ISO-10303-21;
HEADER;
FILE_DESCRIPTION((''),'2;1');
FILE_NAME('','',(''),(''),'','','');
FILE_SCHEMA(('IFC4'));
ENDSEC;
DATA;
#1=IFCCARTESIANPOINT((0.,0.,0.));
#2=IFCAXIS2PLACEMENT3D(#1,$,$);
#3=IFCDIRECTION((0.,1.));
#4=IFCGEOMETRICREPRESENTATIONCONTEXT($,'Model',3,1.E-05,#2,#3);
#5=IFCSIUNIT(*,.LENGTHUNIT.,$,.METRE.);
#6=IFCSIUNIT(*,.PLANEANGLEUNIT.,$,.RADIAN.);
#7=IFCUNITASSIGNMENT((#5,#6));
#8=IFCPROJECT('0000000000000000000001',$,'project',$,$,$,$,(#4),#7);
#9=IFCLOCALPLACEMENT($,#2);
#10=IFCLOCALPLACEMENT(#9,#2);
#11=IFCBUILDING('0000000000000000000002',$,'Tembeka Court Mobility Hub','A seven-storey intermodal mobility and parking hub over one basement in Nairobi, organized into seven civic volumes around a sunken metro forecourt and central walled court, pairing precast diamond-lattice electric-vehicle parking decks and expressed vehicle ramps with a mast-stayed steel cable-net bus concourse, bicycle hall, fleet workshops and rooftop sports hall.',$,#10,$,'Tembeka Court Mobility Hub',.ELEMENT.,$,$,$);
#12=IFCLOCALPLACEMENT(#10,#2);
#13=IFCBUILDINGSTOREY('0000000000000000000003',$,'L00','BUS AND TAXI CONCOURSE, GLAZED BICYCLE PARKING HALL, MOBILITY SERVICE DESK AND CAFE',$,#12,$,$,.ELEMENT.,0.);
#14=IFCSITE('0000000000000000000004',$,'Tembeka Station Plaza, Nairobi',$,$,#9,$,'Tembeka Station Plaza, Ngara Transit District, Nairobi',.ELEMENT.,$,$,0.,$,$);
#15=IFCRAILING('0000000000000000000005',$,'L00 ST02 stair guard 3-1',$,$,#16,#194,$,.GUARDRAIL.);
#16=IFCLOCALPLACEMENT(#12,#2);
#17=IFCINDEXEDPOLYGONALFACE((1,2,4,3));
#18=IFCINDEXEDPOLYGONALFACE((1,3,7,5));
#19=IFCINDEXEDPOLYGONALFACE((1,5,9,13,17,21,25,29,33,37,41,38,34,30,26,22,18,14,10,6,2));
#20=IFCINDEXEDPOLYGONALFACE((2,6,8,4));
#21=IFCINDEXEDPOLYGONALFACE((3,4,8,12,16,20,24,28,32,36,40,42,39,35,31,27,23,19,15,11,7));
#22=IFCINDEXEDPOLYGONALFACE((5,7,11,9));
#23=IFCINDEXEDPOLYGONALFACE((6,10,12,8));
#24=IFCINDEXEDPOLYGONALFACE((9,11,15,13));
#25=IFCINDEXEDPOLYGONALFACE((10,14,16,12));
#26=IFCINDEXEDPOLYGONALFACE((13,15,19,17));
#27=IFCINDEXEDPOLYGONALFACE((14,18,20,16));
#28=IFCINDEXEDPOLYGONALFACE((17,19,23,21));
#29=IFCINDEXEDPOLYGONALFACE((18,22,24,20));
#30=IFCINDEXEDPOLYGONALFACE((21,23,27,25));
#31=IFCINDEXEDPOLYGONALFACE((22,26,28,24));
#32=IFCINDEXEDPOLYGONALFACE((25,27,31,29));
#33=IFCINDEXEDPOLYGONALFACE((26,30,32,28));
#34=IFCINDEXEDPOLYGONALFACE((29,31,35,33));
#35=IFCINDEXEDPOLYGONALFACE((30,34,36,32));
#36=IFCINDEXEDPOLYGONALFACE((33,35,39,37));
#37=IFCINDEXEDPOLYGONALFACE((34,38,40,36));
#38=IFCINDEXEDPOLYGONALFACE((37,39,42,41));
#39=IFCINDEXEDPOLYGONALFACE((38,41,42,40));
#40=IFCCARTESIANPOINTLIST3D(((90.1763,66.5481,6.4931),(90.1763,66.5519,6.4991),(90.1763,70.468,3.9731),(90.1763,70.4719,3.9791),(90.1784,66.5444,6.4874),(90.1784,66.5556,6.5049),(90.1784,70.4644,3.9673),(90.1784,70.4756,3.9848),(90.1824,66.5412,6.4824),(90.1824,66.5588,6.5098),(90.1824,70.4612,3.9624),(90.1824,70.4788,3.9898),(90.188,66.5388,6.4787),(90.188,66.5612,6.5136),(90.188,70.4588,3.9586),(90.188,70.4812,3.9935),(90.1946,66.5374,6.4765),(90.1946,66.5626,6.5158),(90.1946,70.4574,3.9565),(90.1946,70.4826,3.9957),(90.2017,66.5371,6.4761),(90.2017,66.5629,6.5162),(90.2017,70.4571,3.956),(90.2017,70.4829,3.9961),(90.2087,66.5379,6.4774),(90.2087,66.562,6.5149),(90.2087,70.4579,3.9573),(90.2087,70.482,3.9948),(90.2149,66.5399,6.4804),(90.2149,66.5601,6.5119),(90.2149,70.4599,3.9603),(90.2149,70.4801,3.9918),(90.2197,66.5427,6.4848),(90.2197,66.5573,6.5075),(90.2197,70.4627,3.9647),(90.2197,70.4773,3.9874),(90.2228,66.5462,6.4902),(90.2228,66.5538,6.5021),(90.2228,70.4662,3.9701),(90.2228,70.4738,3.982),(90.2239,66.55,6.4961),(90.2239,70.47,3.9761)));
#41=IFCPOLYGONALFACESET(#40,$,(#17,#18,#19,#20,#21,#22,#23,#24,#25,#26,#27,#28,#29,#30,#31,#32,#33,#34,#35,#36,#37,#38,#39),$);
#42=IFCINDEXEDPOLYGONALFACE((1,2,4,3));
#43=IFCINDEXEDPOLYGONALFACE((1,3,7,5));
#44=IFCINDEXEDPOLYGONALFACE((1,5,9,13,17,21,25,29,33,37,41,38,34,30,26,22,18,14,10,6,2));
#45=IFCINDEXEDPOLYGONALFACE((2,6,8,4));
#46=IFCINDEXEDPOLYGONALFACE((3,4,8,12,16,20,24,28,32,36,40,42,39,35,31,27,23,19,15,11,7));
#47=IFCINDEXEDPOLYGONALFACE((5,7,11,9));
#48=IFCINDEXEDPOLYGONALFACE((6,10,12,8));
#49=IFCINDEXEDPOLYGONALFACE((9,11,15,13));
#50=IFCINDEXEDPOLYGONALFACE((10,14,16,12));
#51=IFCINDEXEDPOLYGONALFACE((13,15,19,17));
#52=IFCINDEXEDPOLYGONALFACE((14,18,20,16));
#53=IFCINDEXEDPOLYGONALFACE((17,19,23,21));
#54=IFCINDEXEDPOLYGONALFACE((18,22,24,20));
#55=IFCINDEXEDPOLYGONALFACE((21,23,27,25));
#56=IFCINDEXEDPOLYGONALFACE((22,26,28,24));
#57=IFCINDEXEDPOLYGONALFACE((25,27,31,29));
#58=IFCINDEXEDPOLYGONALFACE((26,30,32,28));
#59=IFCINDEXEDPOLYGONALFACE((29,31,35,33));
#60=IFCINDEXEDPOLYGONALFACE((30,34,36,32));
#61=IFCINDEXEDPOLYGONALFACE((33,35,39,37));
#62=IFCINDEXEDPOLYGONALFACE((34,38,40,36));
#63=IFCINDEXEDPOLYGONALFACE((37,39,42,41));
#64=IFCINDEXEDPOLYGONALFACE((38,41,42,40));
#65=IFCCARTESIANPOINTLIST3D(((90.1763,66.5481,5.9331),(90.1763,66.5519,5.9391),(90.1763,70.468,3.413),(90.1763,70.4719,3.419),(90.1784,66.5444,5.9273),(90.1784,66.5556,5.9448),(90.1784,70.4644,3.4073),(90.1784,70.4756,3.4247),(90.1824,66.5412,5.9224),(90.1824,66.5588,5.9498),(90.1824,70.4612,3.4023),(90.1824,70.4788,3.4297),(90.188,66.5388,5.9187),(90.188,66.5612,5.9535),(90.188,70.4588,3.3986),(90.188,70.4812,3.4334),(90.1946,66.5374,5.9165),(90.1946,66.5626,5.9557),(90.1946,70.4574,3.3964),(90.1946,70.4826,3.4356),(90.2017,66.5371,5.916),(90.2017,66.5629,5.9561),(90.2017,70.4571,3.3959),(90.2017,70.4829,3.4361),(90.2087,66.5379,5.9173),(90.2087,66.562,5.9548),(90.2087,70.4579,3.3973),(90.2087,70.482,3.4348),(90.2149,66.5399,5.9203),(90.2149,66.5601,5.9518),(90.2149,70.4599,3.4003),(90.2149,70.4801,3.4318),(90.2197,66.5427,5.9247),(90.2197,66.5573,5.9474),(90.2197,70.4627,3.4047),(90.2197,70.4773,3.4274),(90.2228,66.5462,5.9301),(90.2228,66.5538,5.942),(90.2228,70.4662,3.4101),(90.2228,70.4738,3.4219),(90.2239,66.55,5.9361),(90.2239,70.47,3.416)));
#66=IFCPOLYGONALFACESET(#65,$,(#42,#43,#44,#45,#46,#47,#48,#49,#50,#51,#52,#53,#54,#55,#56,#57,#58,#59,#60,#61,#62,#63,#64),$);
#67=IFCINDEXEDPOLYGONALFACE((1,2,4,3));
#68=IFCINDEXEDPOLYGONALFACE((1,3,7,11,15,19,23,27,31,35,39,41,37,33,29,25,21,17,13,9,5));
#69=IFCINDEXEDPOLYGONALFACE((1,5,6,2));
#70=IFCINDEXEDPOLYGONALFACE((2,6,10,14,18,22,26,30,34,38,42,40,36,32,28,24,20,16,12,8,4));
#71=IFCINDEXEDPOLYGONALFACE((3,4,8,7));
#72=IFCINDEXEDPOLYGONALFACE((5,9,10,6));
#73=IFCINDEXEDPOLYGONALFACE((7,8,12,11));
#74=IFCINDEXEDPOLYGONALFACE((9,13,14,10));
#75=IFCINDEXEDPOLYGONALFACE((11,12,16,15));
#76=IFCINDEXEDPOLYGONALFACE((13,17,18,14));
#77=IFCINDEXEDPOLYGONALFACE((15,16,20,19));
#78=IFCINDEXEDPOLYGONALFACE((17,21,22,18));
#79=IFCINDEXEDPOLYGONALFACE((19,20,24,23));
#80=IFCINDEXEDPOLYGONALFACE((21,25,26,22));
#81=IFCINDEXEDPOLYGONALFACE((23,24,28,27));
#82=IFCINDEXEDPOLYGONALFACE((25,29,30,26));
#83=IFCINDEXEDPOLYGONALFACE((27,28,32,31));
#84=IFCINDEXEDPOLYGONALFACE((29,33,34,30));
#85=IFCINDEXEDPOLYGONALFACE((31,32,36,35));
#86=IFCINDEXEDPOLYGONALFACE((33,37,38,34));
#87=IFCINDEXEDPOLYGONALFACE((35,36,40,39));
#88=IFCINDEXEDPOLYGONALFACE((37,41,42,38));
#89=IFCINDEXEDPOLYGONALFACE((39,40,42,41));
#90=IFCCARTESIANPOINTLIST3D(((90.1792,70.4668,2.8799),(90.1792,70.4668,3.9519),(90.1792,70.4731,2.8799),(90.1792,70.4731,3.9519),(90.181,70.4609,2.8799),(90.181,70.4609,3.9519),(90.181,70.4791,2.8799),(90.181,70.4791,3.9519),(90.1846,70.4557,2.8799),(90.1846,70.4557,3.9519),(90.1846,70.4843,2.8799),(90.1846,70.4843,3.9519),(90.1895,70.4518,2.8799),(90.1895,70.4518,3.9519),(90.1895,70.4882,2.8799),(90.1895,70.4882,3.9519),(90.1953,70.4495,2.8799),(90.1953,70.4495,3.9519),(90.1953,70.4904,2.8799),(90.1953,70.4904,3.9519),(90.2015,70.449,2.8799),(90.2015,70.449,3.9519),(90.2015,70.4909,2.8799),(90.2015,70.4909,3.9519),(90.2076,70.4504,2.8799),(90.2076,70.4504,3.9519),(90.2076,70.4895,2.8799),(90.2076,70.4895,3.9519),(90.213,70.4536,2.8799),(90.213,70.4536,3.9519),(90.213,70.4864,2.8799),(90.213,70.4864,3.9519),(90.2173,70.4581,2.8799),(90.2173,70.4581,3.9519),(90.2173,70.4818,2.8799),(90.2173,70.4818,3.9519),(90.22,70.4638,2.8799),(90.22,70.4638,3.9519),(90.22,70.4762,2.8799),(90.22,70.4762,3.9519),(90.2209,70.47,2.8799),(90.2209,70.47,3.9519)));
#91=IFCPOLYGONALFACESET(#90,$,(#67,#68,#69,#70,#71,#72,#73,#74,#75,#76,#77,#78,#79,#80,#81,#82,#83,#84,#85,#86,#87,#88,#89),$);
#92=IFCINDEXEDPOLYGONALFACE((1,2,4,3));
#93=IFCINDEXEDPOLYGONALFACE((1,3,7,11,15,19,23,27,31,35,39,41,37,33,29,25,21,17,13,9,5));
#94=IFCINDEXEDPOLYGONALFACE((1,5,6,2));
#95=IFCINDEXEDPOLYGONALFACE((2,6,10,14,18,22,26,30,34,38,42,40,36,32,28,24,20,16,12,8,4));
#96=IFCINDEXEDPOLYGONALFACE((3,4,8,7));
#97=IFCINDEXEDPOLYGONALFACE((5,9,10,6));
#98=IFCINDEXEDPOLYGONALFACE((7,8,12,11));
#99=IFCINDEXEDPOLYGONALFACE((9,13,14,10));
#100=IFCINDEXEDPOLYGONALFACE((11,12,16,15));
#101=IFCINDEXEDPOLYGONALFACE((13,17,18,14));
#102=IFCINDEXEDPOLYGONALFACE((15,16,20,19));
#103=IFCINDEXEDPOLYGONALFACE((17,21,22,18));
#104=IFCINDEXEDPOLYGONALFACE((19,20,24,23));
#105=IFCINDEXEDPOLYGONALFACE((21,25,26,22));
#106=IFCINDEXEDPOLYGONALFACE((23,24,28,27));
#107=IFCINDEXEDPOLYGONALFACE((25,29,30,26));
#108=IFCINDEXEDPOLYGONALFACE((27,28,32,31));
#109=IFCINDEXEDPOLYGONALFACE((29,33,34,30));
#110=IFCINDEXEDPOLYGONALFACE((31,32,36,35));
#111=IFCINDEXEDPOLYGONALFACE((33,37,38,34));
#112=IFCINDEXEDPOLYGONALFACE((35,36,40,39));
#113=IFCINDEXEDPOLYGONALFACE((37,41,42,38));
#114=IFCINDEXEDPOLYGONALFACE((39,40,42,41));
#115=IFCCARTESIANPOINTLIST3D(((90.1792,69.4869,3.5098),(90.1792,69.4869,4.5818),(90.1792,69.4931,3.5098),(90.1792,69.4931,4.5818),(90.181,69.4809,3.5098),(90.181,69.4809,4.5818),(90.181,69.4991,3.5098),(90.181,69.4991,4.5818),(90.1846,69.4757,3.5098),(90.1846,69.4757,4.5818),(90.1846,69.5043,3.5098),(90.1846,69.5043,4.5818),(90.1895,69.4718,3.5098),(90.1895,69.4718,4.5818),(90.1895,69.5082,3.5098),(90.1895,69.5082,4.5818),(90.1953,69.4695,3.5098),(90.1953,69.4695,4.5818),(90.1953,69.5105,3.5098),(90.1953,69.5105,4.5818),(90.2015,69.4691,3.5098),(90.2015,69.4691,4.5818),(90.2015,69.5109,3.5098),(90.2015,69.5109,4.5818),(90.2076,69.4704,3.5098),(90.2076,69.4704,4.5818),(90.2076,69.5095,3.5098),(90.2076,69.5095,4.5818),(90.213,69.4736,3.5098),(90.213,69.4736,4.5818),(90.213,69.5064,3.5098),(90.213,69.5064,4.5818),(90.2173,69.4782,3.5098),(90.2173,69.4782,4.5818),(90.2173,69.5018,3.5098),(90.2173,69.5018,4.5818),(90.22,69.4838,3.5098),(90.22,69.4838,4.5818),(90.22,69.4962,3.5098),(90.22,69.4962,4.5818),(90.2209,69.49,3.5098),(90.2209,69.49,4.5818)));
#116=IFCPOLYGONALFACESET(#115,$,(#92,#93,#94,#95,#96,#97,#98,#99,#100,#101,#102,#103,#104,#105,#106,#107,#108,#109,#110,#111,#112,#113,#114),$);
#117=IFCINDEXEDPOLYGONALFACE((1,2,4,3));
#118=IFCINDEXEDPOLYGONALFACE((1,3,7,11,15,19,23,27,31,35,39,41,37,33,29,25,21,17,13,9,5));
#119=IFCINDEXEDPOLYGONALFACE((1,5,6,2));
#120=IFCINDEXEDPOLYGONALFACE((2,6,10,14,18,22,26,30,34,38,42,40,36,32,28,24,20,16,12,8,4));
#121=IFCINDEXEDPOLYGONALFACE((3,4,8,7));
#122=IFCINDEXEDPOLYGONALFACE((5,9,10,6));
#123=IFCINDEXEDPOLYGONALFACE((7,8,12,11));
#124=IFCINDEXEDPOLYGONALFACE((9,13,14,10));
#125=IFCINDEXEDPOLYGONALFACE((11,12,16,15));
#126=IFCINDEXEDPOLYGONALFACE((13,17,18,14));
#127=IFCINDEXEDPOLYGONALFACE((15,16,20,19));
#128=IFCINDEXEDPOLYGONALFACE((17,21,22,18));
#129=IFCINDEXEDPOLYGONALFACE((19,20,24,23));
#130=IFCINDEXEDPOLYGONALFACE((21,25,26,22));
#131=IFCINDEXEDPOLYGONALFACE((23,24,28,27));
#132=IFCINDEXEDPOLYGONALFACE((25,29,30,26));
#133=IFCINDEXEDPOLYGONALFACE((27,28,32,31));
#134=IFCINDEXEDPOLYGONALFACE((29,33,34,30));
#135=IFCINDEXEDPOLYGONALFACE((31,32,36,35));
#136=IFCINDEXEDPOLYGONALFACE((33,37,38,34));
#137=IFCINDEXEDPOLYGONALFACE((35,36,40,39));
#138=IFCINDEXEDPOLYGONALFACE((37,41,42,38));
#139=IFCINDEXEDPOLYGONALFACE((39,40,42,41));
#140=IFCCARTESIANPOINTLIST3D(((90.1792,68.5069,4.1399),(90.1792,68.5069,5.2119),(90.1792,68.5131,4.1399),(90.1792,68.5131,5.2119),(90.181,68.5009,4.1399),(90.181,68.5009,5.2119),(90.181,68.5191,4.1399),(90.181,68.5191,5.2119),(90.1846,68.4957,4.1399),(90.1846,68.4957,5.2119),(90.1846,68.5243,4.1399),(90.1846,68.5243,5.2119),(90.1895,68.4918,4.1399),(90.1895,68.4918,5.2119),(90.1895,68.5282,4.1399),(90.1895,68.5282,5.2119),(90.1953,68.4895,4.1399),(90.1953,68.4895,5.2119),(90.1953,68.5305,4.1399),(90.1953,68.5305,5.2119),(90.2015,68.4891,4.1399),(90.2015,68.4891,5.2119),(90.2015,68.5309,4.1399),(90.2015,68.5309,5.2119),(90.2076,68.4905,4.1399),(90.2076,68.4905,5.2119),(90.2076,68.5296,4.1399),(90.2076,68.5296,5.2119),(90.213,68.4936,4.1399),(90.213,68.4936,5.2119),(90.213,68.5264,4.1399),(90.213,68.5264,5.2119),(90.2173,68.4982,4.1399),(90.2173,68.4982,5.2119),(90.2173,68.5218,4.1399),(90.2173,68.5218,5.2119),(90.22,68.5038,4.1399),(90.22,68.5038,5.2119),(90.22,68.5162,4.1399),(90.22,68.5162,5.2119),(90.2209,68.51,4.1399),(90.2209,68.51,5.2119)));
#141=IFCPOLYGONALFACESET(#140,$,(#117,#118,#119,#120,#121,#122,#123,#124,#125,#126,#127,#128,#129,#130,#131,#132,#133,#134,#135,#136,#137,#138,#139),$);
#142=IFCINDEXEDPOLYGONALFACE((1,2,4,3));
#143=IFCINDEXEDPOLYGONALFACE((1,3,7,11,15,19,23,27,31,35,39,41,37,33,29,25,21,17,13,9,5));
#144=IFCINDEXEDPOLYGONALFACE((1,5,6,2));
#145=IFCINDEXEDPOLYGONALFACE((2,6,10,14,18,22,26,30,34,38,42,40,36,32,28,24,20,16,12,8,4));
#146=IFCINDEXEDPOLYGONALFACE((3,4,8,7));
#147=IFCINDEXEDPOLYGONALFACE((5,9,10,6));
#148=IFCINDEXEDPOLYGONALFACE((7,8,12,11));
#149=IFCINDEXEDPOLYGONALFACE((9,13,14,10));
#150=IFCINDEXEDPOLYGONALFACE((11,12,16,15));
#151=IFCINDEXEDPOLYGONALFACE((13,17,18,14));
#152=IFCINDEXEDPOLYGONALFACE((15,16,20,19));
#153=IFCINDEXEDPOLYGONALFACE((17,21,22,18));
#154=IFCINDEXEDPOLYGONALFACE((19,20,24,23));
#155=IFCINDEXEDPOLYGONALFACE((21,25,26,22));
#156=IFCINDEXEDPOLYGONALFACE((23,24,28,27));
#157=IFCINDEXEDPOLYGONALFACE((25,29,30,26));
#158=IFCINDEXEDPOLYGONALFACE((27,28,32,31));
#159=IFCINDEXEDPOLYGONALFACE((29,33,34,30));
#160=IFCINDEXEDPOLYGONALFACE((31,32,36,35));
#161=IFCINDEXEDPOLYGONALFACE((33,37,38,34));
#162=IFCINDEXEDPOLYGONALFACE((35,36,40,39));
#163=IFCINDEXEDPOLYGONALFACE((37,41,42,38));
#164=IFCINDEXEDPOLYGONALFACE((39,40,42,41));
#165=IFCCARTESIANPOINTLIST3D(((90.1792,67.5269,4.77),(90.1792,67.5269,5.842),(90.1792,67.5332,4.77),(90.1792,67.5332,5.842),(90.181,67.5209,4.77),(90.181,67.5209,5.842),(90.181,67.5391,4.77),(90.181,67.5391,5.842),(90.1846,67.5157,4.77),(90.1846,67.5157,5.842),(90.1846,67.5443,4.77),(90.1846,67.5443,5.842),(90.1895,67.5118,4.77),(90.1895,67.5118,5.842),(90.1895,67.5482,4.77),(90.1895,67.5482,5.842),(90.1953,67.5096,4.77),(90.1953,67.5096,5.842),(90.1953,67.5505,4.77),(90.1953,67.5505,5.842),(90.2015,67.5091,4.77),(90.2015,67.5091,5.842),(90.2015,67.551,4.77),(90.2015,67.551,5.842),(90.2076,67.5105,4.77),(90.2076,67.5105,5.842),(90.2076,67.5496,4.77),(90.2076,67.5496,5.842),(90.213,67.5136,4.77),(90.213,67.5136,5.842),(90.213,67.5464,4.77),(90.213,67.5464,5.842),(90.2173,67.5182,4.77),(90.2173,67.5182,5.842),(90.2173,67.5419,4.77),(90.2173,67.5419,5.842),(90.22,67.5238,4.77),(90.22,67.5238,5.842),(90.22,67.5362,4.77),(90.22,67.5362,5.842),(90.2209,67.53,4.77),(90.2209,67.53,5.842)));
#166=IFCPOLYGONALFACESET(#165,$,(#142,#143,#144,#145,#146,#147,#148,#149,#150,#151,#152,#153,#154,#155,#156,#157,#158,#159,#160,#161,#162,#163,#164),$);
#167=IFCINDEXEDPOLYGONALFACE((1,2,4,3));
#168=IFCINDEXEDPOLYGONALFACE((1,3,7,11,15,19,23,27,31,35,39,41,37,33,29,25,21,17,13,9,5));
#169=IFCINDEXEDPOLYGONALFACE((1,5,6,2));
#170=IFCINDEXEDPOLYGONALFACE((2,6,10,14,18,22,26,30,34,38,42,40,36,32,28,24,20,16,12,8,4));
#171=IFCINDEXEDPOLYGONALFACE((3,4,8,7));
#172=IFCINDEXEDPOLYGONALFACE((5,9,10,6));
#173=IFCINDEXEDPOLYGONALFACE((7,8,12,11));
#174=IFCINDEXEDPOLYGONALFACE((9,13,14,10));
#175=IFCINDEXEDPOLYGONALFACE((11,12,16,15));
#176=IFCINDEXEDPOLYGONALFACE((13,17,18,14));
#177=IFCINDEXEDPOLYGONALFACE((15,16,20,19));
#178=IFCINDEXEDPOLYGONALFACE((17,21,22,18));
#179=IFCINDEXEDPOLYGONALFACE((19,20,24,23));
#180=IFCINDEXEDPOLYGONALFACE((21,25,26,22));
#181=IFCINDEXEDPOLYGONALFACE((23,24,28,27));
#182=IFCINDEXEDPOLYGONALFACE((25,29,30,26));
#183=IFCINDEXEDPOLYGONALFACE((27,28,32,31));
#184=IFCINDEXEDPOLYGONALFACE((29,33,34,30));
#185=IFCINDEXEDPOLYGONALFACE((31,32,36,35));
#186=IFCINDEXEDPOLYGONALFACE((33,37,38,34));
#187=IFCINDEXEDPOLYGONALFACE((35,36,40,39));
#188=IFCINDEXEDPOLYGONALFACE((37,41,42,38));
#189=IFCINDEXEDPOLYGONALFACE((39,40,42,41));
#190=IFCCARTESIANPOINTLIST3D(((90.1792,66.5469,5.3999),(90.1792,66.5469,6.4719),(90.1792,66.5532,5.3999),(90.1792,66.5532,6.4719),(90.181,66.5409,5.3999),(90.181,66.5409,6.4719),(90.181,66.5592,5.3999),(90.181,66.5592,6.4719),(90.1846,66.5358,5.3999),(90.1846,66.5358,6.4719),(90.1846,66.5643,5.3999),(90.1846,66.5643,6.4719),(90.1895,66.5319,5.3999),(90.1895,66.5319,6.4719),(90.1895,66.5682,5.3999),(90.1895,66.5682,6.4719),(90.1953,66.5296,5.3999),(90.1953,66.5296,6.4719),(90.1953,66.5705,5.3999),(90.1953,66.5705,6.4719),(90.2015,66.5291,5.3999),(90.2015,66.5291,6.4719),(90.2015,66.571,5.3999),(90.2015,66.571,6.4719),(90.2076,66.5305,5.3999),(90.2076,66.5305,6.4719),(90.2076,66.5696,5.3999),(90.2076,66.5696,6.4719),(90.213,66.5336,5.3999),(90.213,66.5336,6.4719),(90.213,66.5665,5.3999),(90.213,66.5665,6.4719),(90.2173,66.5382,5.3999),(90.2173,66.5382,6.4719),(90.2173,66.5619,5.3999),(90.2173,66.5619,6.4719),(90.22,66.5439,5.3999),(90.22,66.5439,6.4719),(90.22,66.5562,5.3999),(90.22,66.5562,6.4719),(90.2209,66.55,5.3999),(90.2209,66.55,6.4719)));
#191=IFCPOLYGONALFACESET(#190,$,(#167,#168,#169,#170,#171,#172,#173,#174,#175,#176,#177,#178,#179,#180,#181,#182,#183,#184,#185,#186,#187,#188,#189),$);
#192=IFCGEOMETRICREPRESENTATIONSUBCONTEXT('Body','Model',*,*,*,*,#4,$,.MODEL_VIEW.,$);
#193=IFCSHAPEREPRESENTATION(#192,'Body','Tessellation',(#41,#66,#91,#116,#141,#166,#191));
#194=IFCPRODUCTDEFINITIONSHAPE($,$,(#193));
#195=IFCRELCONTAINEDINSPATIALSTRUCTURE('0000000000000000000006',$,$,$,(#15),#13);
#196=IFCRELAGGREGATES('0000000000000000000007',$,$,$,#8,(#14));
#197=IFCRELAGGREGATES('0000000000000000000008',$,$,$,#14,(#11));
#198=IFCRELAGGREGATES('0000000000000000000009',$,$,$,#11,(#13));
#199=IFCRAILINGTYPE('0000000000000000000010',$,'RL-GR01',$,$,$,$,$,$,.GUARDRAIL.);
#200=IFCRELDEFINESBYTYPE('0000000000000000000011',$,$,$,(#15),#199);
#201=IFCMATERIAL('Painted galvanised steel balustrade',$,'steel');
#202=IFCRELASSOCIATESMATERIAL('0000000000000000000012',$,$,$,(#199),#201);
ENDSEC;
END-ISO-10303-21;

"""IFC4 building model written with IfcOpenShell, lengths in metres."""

from ifc_helpers import new_model, si_unit, direction, frame, origin, origin_2d, place, context, subcontext, project, spatial, circle, extrude, material, type_object, element, save


model = new_model("IFC4")

# Units and contexts
model_context = context("Model", 3, precision=1e-05, world=origin(), true_north=direction((0.0, 1.0)))
body_context = subcontext(model_context, "Body", "Model", "MODEL_VIEW")
ifc_project = project(units=[si_unit("LENGTHUNIT", "METRE"), si_unit("PLANEANGLEUNIT", "RADIAN")], contexts=[model_context])

# Site, building, storey
site_placement = place(None, origin())
site = spatial("IfcSite", under=ifc_project, at=site_placement, Name="Tembeka Station Plaza, Nairobi", LongName="Tembeka Station Plaza, Ngara Transit District, Nairobi", CompositionType="ELEMENT", RefElevation=0.0)
building_placement = place(site_placement, origin())
building = spatial("IfcBuilding", under=site, at=building_placement, Name="Tembeka Court Mobility Hub", Description="A seven-storey intermodal mobility and parking hub over one basement in Nairobi, organized into seven civic volumes around a sunken metro forecourt and central walled court, pairing precast diamond-lattice electric-vehicle parking decks and expressed vehicle ramps with a mast-stayed steel cable-net bus concourse, bicycle hall, fleet workshops and rooftop sports hall.", LongName="Tembeka Court Mobility Hub", CompositionType="ELEMENT")
storey_placement = place(building_placement, origin())
storey = spatial("IfcBuildingStorey", under=building, at=storey_placement, Name="L00", Description="BUS AND TAXI CONCOURSE, GLAZED BICYCLE PARKING HALL, MOBILITY SERVICE DESK AND CAFE", CompositionType="ELEMENT", Elevation=0.0)

# Railing
ifc_material_1 = material(Name="Painted galvanised steel balustrade", Category="steel")
railing_type_1 = type_object("IfcRailingType", Name="RL-GR01", PredefinedType="GUARDRAIL", material=ifc_material_1)
railing_1_placement = place(storey_placement, frame((90.2, 70.47, 2.8799)))
element("IfcRailing", 1, at=railing_1_placement, inside=storey, type_object=railing_type_1, Name="L00 ST02 stair guard 3-1", PredefinedType="GUARDRAIL", context=body_context, shape_type="SweptSolid", body=[
    extrude(circle(Radius=0.0239, at=origin_2d()), frame((0.0, 0.0, 1.0962), z_axis=(0.0, -0.841172, 0.540768), x_axis=(1.0, 0.0, 0.0)), (0.0, 0.0, 1.0), 4.6602),
    extrude(circle(Radius=0.0239, at=origin_2d()), frame((0.0, 0.0, 0.5361), z_axis=(0.0, -0.841172, 0.540768), x_axis=(1.0, 0.0, 0.0)), (0.0, 0.0, 1.0), 4.6602),
    extrude(circle(Radius=0.021, at=origin_2d()), origin(), (0.0, 0.0, 1.0), 1.072),
    extrude(circle(Radius=0.021, at=origin_2d()), frame((0.0, -0.98, 0.6299)), (0.0, 0.0, 1.0), 1.072),
    extrude(circle(Radius=0.021, at=origin_2d()), frame((0.0, -1.96, 1.26)), (0.0, 0.0, 1.0), 1.072),
    extrude(circle(Radius=0.021, at=origin_2d()), frame((0.0, -2.9399, 1.8901)), (0.0, 0.0, 1.0), 1.072),
    extrude(circle(Radius=0.021, at=origin_2d()), frame((0.0, -3.9199, 2.52)), (0.0, 0.0, 1.0), 1.072),
])

save(model, "model.ifc")
